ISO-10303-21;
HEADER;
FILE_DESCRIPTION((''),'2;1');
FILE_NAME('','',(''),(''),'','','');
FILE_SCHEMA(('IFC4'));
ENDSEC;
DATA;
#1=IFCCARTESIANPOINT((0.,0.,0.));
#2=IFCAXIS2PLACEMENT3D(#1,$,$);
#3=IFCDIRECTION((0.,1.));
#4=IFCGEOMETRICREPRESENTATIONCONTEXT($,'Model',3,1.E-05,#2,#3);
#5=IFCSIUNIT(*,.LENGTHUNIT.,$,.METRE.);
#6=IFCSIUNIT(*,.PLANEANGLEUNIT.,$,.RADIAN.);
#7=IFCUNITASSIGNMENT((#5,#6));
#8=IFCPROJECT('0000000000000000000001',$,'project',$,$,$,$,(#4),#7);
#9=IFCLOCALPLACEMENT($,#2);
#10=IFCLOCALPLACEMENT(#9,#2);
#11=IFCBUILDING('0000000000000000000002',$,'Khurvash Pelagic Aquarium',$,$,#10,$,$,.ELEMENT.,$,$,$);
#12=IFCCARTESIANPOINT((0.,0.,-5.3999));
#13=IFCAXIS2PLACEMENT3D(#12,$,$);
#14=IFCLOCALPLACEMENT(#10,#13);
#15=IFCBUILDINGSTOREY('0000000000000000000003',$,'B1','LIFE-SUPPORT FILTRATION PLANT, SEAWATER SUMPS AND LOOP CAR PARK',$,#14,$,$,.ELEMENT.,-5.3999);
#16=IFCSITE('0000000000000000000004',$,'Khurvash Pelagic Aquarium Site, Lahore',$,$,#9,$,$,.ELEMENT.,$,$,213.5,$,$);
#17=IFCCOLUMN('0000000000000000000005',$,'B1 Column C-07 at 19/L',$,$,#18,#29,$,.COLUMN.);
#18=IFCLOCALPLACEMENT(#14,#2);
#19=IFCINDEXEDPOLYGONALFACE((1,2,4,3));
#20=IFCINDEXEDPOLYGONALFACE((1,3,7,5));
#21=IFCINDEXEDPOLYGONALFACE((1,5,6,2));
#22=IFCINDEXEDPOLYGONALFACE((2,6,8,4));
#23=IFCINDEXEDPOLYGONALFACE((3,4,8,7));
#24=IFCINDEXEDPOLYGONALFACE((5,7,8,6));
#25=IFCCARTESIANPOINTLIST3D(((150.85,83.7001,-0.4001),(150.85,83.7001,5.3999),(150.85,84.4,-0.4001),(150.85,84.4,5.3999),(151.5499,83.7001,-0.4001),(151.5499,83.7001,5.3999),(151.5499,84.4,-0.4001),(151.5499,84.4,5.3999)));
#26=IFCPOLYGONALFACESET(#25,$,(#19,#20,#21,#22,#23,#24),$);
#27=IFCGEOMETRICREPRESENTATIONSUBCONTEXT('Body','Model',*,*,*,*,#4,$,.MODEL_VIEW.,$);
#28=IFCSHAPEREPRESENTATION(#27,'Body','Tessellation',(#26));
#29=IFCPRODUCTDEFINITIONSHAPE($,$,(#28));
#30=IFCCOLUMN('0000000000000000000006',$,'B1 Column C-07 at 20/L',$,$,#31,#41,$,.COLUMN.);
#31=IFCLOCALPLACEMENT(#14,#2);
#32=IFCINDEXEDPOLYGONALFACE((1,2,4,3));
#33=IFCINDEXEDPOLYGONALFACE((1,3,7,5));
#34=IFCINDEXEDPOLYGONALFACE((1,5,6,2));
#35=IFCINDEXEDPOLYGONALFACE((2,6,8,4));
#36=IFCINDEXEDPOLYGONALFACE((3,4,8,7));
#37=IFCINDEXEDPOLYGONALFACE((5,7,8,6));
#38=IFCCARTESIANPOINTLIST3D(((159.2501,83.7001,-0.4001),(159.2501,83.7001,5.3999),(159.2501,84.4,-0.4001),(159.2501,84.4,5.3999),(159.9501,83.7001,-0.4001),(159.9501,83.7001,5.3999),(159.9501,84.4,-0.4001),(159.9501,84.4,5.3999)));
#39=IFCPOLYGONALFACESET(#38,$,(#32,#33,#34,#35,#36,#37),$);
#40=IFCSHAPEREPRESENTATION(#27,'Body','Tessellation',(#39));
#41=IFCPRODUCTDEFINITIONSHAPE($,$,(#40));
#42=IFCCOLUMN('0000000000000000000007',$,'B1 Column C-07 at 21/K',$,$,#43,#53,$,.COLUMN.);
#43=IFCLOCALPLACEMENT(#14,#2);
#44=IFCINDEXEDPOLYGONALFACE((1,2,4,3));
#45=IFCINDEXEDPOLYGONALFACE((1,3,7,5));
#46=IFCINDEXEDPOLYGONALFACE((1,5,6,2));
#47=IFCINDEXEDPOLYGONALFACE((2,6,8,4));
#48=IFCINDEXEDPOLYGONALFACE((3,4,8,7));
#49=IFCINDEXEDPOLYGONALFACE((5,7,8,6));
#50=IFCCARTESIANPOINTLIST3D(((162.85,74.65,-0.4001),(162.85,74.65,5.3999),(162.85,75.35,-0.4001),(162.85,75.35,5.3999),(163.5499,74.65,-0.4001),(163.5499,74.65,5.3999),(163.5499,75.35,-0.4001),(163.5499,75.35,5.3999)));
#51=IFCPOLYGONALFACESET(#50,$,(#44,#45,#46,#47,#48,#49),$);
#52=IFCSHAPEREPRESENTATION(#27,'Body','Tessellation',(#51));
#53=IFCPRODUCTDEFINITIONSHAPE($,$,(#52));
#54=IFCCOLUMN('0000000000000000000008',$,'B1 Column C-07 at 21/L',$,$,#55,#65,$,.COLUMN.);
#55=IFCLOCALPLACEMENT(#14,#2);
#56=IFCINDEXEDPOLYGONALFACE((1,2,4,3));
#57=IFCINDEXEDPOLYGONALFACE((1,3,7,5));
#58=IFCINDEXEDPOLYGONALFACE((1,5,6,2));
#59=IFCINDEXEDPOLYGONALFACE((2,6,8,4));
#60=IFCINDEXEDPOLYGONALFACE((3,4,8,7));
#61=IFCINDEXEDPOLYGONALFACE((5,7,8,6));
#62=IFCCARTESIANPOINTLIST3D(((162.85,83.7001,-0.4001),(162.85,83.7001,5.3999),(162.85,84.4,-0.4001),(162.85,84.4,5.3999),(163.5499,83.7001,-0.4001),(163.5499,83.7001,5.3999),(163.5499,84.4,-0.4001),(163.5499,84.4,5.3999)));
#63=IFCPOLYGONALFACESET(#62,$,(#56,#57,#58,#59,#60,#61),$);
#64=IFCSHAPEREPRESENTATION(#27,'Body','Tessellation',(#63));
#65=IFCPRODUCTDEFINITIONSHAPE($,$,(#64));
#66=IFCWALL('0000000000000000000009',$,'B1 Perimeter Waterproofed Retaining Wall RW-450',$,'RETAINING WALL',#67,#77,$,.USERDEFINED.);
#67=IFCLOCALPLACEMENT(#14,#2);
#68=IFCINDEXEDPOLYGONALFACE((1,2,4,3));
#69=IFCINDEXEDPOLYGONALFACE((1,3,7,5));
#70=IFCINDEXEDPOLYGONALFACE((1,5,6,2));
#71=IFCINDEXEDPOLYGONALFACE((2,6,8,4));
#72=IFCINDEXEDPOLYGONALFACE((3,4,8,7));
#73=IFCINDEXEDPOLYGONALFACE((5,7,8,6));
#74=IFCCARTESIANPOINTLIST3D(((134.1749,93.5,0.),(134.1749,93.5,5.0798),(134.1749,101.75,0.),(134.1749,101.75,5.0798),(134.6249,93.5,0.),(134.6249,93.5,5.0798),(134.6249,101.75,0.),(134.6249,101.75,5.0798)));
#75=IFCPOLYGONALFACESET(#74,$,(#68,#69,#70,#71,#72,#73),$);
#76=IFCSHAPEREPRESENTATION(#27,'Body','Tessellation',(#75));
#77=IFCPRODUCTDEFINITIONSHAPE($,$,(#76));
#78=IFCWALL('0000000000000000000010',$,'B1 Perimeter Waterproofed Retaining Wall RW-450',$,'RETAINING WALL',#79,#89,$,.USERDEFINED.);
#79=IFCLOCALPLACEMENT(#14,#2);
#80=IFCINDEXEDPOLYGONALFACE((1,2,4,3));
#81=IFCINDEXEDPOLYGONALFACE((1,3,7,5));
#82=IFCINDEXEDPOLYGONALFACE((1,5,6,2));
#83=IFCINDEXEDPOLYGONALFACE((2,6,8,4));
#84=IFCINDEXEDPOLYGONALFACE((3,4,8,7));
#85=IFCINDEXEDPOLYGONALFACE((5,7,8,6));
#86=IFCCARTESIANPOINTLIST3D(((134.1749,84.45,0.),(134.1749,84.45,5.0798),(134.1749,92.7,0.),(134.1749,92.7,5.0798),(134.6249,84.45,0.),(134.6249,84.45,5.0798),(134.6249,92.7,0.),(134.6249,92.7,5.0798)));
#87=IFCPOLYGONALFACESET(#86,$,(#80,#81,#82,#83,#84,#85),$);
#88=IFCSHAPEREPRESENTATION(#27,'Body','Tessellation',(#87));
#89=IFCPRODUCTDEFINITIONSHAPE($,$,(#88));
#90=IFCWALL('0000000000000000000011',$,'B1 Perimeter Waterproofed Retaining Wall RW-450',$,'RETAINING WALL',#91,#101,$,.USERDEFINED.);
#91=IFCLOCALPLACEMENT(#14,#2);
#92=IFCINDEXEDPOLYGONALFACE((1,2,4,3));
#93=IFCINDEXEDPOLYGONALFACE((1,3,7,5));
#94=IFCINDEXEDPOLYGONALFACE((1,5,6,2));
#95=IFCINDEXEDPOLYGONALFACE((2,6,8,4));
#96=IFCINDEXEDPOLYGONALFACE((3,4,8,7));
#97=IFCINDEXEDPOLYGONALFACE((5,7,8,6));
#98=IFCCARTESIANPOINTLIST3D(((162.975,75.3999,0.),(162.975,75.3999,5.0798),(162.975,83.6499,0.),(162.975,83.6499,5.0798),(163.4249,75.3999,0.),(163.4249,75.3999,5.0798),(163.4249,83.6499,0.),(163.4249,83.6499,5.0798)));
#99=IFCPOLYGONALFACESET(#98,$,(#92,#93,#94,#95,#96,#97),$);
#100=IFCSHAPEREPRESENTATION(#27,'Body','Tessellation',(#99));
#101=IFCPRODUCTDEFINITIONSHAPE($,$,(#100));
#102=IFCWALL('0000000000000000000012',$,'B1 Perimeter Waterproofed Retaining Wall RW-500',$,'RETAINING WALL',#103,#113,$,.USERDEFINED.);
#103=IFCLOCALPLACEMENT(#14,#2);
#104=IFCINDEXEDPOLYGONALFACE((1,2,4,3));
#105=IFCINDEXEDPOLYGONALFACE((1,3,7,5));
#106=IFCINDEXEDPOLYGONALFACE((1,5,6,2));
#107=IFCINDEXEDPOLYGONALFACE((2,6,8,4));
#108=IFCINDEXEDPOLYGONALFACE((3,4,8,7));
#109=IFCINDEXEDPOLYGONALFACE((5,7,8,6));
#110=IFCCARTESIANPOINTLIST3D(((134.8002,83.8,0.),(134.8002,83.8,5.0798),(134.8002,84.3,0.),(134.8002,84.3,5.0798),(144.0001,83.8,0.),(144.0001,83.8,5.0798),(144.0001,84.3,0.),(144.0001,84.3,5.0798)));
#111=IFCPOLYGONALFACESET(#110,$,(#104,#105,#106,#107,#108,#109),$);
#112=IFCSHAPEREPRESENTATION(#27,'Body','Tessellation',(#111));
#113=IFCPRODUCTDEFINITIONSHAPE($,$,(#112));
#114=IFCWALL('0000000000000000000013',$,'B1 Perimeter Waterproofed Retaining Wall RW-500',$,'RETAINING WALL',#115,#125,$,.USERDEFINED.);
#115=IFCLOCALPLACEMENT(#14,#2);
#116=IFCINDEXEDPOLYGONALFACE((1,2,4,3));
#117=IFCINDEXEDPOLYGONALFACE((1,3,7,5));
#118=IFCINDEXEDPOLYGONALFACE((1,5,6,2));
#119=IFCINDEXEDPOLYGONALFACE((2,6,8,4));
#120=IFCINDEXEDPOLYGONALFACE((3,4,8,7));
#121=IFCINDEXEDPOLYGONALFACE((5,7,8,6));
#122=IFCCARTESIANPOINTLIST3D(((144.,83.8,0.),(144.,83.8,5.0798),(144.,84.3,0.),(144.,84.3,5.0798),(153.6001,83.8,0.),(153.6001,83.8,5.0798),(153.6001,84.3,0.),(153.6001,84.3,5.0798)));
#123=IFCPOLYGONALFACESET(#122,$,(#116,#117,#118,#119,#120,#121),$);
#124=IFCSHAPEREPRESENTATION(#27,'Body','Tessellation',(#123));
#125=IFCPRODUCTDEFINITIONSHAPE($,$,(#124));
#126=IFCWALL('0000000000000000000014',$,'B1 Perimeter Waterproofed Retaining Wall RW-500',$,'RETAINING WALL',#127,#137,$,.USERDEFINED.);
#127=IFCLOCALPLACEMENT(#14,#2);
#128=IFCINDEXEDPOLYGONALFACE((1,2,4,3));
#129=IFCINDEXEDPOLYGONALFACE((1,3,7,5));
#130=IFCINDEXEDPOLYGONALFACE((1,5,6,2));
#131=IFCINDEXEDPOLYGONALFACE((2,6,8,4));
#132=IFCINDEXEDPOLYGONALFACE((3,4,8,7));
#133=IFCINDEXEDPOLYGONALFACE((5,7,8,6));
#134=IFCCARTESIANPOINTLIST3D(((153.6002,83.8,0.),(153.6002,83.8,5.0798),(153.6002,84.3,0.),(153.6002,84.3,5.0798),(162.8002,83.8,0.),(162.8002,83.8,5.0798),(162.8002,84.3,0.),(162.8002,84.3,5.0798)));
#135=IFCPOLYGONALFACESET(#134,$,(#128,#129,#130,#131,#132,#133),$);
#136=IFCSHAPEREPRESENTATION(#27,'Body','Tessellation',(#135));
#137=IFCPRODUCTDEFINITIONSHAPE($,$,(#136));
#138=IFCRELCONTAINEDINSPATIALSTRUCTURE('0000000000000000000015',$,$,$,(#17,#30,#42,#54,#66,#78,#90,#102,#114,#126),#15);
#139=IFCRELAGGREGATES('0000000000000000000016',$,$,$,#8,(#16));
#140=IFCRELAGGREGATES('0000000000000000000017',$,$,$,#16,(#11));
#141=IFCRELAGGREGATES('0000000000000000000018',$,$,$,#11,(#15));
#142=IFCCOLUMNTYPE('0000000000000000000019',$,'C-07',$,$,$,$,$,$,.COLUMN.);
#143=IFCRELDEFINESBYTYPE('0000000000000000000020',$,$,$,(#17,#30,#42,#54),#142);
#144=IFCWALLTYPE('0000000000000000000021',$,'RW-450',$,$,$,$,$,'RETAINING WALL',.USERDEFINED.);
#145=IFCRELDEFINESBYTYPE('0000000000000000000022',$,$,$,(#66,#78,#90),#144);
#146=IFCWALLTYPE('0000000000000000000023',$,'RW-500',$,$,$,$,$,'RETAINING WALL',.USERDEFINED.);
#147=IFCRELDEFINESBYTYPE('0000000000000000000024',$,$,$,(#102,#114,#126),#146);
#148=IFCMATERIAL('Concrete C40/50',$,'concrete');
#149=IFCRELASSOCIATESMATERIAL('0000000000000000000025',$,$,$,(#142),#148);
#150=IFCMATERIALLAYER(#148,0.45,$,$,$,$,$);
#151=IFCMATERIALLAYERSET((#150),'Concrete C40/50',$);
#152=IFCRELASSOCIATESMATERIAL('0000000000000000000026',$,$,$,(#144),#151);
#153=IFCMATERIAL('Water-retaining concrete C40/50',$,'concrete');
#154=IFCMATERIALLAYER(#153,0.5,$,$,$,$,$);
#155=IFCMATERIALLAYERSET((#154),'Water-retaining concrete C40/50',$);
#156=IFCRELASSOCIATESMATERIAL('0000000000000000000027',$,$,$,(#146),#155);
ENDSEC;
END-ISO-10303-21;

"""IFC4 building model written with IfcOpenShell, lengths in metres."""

from ifc_helpers import new_model, si_unit, direction, frame, frame_2d, origin, origin_2d, place, context, subcontext, project, spatial, rectangle, extrude, material, layer, layer_set, material_profile, profile_set, type_object, element, save


model = new_model("IFC4")

# Units and contexts
model_context = context("Model", 3, precision=1e-05, world=origin(), true_north=direction((0.0, 1.0)))
body_context = subcontext(model_context, "Body", "Model", "MODEL_VIEW")
ifc_project = project(units=[si_unit("LENGTHUNIT", "METRE"), si_unit("PLANEANGLEUNIT", "RADIAN")], contexts=[model_context])

# Site, building, storey
site_placement = place(None, origin())
site = spatial("IfcSite", under=ifc_project, at=site_placement, Name="Khurvash Pelagic Aquarium Site, Lahore", CompositionType="ELEMENT", RefElevation=213.5)
building_placement = place(site_placement, origin())
building = spatial("IfcBuilding", under=site, at=building_placement, Name="Khurvash Pelagic Aquarium", CompositionType="ELEMENT")
storey_placement = place(building_placement, frame((0.0, 0.0, -5.3999)))
storey = spatial("IfcBuildingStorey", under=building, at=storey_placement, Name="B1", Description="LIFE-SUPPORT FILTRATION PLANT, SEAWATER SUMPS AND LOOP CAR PARK", CompositionType="ELEMENT", Elevation=-5.3999)

# Columns
ifc_material_1 = material(Name="Concrete C40/50", Category="concrete")
ifc_material_profile_1 = material_profile(ifc_material_1, rectangle(XDim=0.7, YDim=0.7, at=origin_2d()), Name="RC700X700")
ifc_profile_set_1 = profile_set([ifc_material_profile_1], Name="Concrete C40/50")
column_type = type_object("IfcColumnType", Name="C-07", PredefinedType="COLUMN", material=ifc_profile_set_1)
for number, where, z_axis, x_axis, name in (
    (1, (151.2, 84.05, -0.4001), (0.0, 0.0, 1.0), (1.0, 0.0, 0.0), "B1 Column C-07 at 19/L"),
    (2, (159.6001, 84.05, -0.4001), (0.0, 0.0, 1.0), (1.0, 0.0, 0.0), "B1 Column C-07 at 20/L"),
    (3, (163.2, 75.0, -0.4001), (0.0, 0.0, 1.0), (1.0, 0.0, 0.0), "B1 Column C-07 at 21/K"),
    (4, (163.2, 84.05, -0.4001), (0.0, 0.0, 1.0), (1.0, 0.0, 0.0), "B1 Column C-07 at 21/L"),
):
    element("IfcColumn", number, at=place(storey_placement, frame(where, z_axis=z_axis, x_axis=x_axis)), inside=storey, type_object=column_type, Name=name, PredefinedType="COLUMN", context=body_context, shape_type="SweptSolid", body=[
        extrude(rectangle(XDim=0.7, YDim=0.7, at=origin_2d()), origin(), (0.0, 0.0, 1.0), 5.8),
    ])

# Walls
ifc_layer_1 = layer(ifc_material_1, 0.45)
ifc_layer_set_1 = layer_set([ifc_layer_1], Name="Concrete C40/50")
wall_type_1 = type_object("IfcWallType", Name="RW-450", ElementType="RETAINING WALL", PredefinedType="USERDEFINED", material=ifc_layer_set_1)
for number, where, z_axis, x_axis, name in (
    (5, (134.3999, 101.75, 0.0), (0.0, 0.0, 1.0), (0.0, -1.0, 0.0), "B1 Perimeter Waterproofed Retaining Wall RW-450"),
    (6, (134.3999, 92.7, 0.0), (0.0, 0.0, 1.0), (0.0, -1.0, 0.0), "B1 Perimeter Waterproofed Retaining Wall RW-450"),
    (7, (163.2, 83.6499, 0.0), (0.0, 0.0, 1.0), (0.0, -1.0, 0.0), "B1 Perimeter Waterproofed Retaining Wall RW-450"),
):
    element("IfcWall", number, at=place(storey_placement, frame(where, z_axis=z_axis, x_axis=x_axis)), inside=storey, type_object=wall_type_1, Name=name, ObjectType="RETAINING WALL", PredefinedType="USERDEFINED", context=body_context, shape_type="SweptSolid", body=[
        extrude(rectangle(XDim=8.25, YDim=0.45, at=frame_2d((4.125, 0.0))), origin(), (0.0, 0.0, 1.0), 5.0798),
    ])
ifc_material_2 = material(Name="Water-retaining concrete C40/50", Category="concrete")
ifc_layer_2 = layer(ifc_material_2, 0.5)
ifc_layer_set_2 = layer_set([ifc_layer_2], Name="Water-retaining concrete C40/50")
wall_type_2 = type_object("IfcWallType", Name="RW-500", ElementType="RETAINING WALL", PredefinedType="USERDEFINED", material=ifc_layer_set_2)
wall_1_placement = place(storey_placement, frame((134.8, 84.05, 0.0), z_axis=(0.0, 0.0, 1.0), x_axis=(1.0, 0.0, 0.0)))
element("IfcWall", 8, at=wall_1_placement, inside=storey, type_object=wall_type_2, Name="B1 Perimeter Waterproofed Retaining Wall RW-500", ObjectType="RETAINING WALL", PredefinedType="USERDEFINED", context=body_context, shape_type="SweptSolid", body=[
    extrude(rectangle(XDim=9.2, YDim=0.5, at=frame_2d((4.6001, 0.0))), origin(), (0.0, 0.0, 1.0), 5.0798),
])
wall_2_placement = place(storey_placement, frame((144.0, 84.05, 0.0), z_axis=(0.0, 0.0, 1.0), x_axis=(1.0, 0.0, 0.0)))
element("IfcWall", 9, at=wall_2_placement, inside=storey, type_object=wall_type_2, Name="B1 Perimeter Waterproofed Retaining Wall RW-500", ObjectType="RETAINING WALL", PredefinedType="USERDEFINED", context=body_context, shape_type="SweptSolid", body=[
    extrude(rectangle(XDim=9.6001, YDim=0.5, at=frame_2d((4.8, 0.0))), origin(), (0.0, 0.0, 1.0), 5.0798),
])
wall_3_placement = place(storey_placement, frame((153.6001, 84.05, 0.0), z_axis=(0.0, 0.0, 1.0), x_axis=(1.0, 0.0, 0.0)))
element("IfcWall", 10, at=wall_3_placement, inside=storey, type_object=wall_type_2, Name="B1 Perimeter Waterproofed Retaining Wall RW-500", ObjectType="RETAINING WALL", PredefinedType="USERDEFINED", context=body_context, shape_type="SweptSolid", body=[
    extrude(rectangle(XDim=9.2, YDim=0.5, at=frame_2d((4.6001, 0.0))), origin(), (0.0, 0.0, 1.0), 5.0798),
])

save(model, "model.ifc")
